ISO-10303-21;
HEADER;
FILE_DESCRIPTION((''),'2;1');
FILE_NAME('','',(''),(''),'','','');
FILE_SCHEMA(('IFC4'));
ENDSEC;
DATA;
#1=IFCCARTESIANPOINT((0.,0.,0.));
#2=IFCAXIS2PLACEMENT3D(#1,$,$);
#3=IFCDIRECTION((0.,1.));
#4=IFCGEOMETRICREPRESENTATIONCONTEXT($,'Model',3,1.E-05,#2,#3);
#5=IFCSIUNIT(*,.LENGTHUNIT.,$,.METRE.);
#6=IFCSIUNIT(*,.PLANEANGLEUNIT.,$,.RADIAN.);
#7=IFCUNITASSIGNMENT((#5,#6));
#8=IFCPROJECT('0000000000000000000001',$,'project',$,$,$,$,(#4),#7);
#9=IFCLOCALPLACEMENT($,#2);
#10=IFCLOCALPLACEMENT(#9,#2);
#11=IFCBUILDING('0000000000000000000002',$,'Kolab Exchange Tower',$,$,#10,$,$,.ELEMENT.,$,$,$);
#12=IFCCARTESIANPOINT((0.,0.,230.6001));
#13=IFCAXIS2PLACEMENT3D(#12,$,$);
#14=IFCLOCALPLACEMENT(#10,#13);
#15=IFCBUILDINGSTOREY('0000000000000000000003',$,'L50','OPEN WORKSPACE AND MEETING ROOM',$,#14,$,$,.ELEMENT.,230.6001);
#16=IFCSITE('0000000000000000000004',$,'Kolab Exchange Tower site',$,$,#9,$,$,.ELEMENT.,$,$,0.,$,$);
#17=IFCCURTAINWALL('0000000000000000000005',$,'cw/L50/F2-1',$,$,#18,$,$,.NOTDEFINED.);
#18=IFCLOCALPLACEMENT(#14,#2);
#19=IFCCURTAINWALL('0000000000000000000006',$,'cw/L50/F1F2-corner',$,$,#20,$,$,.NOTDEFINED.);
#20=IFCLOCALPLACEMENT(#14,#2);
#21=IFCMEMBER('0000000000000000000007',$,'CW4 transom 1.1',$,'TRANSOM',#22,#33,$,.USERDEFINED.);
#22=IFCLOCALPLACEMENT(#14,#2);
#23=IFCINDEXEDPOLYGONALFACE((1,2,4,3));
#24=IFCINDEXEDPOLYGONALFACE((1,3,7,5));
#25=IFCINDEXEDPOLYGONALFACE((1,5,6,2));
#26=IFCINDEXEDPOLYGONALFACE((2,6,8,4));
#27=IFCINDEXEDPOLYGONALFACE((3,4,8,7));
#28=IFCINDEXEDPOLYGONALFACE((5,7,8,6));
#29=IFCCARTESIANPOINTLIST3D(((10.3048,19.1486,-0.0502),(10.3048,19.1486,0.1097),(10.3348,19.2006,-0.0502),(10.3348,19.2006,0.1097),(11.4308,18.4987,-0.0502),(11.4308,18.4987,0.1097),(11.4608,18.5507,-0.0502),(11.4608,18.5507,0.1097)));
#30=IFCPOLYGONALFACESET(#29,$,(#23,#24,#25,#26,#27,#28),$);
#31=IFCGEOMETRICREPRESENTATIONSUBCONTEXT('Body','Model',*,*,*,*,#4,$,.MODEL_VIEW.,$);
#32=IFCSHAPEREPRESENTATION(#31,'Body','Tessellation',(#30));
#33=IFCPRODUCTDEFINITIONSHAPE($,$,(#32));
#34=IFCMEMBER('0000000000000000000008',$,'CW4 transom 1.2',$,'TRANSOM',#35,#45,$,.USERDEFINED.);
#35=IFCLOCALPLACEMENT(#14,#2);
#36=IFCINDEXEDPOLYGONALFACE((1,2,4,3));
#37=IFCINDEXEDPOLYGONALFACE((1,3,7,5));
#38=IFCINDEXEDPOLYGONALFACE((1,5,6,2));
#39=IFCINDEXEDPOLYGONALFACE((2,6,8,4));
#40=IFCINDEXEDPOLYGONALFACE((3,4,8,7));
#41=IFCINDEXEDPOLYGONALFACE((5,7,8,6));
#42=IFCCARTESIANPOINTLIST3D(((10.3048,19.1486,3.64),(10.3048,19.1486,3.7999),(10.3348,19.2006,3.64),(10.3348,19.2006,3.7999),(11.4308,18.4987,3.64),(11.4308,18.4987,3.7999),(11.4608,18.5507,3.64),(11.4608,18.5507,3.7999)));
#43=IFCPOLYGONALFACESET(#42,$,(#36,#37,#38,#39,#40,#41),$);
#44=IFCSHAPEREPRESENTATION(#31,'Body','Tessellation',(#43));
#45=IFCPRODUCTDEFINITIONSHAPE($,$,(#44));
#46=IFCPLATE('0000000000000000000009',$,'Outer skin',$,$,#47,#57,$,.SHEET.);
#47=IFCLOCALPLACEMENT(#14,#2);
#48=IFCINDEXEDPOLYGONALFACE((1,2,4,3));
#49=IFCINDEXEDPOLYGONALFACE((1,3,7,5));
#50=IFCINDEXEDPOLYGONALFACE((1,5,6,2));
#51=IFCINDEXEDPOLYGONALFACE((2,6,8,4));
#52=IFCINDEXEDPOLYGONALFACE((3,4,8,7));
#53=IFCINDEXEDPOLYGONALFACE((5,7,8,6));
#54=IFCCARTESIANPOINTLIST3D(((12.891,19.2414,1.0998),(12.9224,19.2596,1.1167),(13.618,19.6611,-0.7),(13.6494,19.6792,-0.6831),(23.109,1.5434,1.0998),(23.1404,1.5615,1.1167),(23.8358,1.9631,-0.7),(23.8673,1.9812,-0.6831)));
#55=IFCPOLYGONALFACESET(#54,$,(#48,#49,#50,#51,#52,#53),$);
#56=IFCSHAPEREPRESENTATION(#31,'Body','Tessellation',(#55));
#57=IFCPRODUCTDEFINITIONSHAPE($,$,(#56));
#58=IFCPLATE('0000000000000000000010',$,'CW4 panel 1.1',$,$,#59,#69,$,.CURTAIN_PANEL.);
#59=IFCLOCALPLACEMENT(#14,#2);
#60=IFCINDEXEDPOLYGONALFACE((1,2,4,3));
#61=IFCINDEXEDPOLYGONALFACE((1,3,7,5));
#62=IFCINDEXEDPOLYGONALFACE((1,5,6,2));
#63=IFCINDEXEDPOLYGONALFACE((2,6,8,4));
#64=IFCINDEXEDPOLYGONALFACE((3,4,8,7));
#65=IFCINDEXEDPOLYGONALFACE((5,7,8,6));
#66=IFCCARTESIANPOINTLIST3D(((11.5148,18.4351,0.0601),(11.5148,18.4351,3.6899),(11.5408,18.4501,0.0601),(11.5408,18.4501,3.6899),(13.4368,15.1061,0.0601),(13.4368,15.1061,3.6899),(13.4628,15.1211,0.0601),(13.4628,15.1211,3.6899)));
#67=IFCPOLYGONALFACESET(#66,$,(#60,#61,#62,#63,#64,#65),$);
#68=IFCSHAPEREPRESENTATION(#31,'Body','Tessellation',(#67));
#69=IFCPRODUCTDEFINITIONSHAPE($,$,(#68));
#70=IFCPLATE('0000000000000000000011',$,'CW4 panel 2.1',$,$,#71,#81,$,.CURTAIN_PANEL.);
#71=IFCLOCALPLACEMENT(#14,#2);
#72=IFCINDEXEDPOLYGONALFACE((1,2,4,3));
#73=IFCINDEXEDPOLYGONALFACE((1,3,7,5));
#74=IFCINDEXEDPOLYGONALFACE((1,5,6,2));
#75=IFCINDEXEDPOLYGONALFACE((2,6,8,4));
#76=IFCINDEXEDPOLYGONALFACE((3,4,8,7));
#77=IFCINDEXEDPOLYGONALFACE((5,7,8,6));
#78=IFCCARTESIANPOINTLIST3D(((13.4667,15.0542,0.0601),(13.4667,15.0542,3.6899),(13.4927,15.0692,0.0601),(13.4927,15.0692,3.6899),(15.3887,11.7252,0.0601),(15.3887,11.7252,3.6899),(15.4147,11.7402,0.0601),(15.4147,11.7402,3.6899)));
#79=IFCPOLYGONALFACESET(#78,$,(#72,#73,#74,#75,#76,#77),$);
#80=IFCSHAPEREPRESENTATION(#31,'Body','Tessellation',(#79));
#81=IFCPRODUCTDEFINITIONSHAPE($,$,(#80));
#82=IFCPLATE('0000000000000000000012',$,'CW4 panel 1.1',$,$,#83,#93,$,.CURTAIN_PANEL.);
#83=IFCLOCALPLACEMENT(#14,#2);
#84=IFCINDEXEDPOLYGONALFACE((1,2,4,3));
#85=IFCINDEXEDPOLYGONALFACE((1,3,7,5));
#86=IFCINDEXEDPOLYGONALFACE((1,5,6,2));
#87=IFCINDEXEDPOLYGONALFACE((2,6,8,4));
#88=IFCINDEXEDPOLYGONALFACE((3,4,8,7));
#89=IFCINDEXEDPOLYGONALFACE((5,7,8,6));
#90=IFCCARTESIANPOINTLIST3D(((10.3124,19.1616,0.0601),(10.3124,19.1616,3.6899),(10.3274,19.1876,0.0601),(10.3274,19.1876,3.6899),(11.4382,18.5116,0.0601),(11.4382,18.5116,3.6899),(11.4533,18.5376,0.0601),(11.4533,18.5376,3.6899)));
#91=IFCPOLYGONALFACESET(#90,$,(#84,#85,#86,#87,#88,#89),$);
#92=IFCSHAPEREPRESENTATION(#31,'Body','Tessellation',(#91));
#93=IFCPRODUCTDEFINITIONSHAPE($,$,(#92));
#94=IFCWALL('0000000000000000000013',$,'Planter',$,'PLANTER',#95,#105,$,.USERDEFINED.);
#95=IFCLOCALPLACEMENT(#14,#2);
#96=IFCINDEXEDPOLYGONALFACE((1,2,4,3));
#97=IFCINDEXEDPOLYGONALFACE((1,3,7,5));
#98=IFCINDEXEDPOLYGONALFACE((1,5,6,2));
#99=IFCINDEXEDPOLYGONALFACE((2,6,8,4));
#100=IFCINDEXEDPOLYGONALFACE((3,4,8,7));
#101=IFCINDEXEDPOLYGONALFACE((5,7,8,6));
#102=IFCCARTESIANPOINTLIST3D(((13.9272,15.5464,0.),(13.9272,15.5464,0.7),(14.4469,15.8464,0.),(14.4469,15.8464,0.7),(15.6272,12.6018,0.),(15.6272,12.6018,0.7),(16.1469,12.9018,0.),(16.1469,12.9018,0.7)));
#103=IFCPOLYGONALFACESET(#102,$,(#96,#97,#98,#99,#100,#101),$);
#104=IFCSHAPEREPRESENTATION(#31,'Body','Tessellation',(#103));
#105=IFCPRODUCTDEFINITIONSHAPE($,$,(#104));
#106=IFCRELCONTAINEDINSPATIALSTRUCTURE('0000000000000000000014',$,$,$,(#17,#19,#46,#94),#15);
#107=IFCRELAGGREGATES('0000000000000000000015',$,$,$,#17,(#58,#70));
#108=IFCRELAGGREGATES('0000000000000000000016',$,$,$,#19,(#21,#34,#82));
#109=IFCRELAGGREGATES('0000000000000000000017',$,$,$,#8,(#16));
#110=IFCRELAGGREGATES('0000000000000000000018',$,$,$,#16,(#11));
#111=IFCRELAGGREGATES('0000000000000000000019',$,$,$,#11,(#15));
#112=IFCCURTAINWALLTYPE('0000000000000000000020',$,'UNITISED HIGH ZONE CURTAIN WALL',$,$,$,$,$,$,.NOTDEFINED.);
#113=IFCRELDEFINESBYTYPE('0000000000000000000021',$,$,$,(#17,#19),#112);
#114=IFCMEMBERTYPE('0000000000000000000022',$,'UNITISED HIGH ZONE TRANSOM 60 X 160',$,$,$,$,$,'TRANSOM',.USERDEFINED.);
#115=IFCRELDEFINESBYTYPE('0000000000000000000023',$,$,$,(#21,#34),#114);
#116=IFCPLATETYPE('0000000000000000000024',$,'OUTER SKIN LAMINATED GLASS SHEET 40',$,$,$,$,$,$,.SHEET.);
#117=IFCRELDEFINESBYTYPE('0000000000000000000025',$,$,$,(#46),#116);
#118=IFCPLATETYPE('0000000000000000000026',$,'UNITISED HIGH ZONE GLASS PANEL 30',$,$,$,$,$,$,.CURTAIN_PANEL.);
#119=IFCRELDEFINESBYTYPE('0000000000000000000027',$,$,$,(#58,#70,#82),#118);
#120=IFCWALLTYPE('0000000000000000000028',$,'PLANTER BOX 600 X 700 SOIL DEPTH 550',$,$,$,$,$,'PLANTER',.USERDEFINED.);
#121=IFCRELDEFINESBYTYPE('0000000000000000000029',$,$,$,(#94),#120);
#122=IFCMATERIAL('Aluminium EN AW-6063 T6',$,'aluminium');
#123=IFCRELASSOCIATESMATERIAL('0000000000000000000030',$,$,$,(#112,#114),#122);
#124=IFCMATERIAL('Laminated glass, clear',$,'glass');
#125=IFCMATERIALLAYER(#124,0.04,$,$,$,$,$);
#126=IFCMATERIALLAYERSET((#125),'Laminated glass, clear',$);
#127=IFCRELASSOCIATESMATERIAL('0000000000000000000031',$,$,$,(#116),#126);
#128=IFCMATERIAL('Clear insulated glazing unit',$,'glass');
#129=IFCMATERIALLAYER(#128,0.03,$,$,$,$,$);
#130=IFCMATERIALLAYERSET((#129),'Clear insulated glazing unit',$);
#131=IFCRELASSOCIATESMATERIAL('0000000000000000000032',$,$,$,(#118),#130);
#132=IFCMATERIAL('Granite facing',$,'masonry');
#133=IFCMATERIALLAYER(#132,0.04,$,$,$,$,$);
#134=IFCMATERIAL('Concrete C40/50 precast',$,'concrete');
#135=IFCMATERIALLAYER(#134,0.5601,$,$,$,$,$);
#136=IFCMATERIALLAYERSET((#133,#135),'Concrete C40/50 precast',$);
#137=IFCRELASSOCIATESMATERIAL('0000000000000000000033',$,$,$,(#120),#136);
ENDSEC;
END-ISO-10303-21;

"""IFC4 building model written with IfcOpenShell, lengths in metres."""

from ifc_helpers import new_model, si_unit, direction, frame, frame_2d, origin, origin_2d, place, context, subcontext, project, spatial, polyline, rectangle, outline, extrude, material, layer, layer_set, material_profile, profile_set, type_object, element, aggregate, save


model = new_model("IFC4")

# Units and contexts
model_context = context("Model", 3, precision=1e-05, world=origin(), true_north=direction((0.0, 1.0)))
body_context = subcontext(model_context, "Body", "Model", "MODEL_VIEW")
ifc_project = project(units=[si_unit("LENGTHUNIT", "METRE"), si_unit("PLANEANGLEUNIT", "RADIAN")], contexts=[model_context])

# Site, building, storey
site_placement = place(None, origin())
site = spatial("IfcSite", under=ifc_project, at=site_placement, Name="Kolab Exchange Tower site", CompositionType="ELEMENT", RefElevation=0.0)
building_placement = place(site_placement, origin())
building = spatial("IfcBuilding", under=site, at=building_placement, Name="Kolab Exchange Tower", CompositionType="ELEMENT")
storey_placement = place(building_placement, frame((0.0, 0.0, 230.6001)))
storey = spatial("IfcBuildingStorey", under=building, at=storey_placement, Name="L50", Description="OPEN WORKSPACE AND MEETING ROOM", CompositionType="ELEMENT", Elevation=230.6001)

# Curtain walls
ifc_material_1 = material(Name="Aluminium EN AW-6063 T6", Category="aluminium")
curtain_wall_type = type_object("IfcCurtainWallType", Name="UNITISED HIGH ZONE CURTAIN WALL", PredefinedType="NOTDEFINED", material=ifc_material_1)
curtain_wall_1_placement = place(storey_placement, origin())
curtain_wall_1 = element("IfcCurtainWall", 1, at=curtain_wall_1_placement, inside=storey, type_object=curtain_wall_type, Name="cw/L50/F2-1", PredefinedType="NOTDEFINED")
curtain_wall_2_placement = place(storey_placement, origin())
curtain_wall_2 = element("IfcCurtainWall", 2, at=curtain_wall_2_placement, inside=storey, type_object=curtain_wall_type, Name="cw/L50/F1F2-corner", PredefinedType="NOTDEFINED")

# Members
ifc_material_profile_1 = material_profile(ifc_material_1, rectangle(XDim=0.0601, YDim=0.1599, at=origin_2d()), Name="RECT 60X160")
ifc_profile_set_1 = profile_set([ifc_material_profile_1], Name="Aluminium EN AW-6063 T6")
member_type_1 = type_object("IfcMemberType", Name="UNITISED HIGH ZONE TRANSOM 60 X 160", ElementType="TRANSOM", PredefinedType="USERDEFINED", material=ifc_profile_set_1)
member_1_placement = place(storey_placement, frame((10.3198, 19.1746, 0.0298), z_axis=(0.866086, -0.499896, 0.0), x_axis=(0.499896, 0.866086, 0.0)))
member_1 = element("IfcMember", 3, at=member_1_placement, type_object=member_type_1, Name="CW4 transom 1.1", ObjectType="TRANSOM", PredefinedType="USERDEFINED", context=body_context, shape_type="SweptSolid", body=[
    extrude(rectangle(XDim=0.0601, YDim=0.1599, at=origin_2d()), origin(), (0.0, 0.0, 1.0), 1.3),
])
member_2_placement = place(storey_placement, frame((10.3198, 19.1746, 3.72), z_axis=(0.866086, -0.499896, 0.0), x_axis=(0.499896, 0.866086, 0.0)))
member_2 = element("IfcMember", 4, at=member_2_placement, type_object=member_type_1, Name="CW4 transom 1.2", ObjectType="TRANSOM", PredefinedType="USERDEFINED", context=body_context, shape_type="SweptSolid", body=[
    extrude(rectangle(XDim=0.0601, YDim=0.1599, at=origin_2d()), origin(), (0.0, 0.0, 1.0), 1.3),
])

# Plates
ifc_material_2 = material(Name="Laminated glass, clear", Category="glass")
ifc_layer_1 = layer(ifc_material_2, 0.04)
ifc_layer_set_1 = layer_set([ifc_layer_1], Name="Laminated glass, clear")
plate_type_1 = type_object("IfcPlateType", Name="OUTER SKIN LAMINATED GLASS SHEET 40", PredefinedType="SHEET", material=ifc_layer_set_1)
plate_1_placement = place(storey_placement, frame((13.6494, 19.6792, -0.6831), z_axis=(0.784867, 0.453141, 0.422666), x_axis=(0.499997, -0.866027, 0.000002)))
element("IfcPlate", 5, at=plate_1_placement, inside=storey, type_object=plate_type_1, Name="Outer skin", PredefinedType="SHEET", context=body_context, shape_type="SweptSolid", body=[
    extrude(outline(polyline([(0.0, 0.0), (20.4358, 0.0), (20.4359, -1.9859), (-0.0001, -1.986), (0.0, 0.0)])), origin(), (0.0, 0.0, -1.0), 0.04),
])
ifc_material_3 = material(Name="Clear insulated glazing unit", Category="glass")
ifc_layer_2 = layer(ifc_material_3, 0.03)
ifc_layer_set_2 = layer_set([ifc_layer_2], Name="Clear insulated glazing unit")
plate_type_2 = type_object("IfcPlateType", Name="UNITISED HIGH ZONE GLASS PANEL 30", PredefinedType="CURTAIN_PANEL", material=ifc_layer_set_2)
plate_2_placement = place(storey_placement, frame((12.4888, 16.7781, 0.0601), z_axis=(0.0, 0.0, 1.0), x_axis=(0.5, -0.866025, 0.0)))
plate_2 = element("IfcPlate", 6, at=plate_2_placement, type_object=plate_type_2, Name="CW4 panel 1.1", PredefinedType="CURTAIN_PANEL", context=body_context, shape_type="SweptSolid", body=[
    extrude(rectangle(XDim=3.844, YDim=0.03, at=origin_2d()), origin(), (0.0, 0.0, 1.0), 3.6299),
])
plate_3_placement = place(storey_placement, frame((14.4407, 13.3972, 0.0601), z_axis=(0.0, 0.0, 1.0), x_axis=(0.5, -0.866025, 0.0)))
plate_3 = element("IfcPlate", 7, at=plate_3_placement, type_object=plate_type_2, Name="CW4 panel 2.1", PredefinedType="CURTAIN_PANEL", context=body_context, shape_type="SweptSolid", body=[
    extrude(rectangle(XDim=3.844, YDim=0.03, at=origin_2d()), origin(), (0.0, 0.0, 1.0), 3.6299),
])
aggregate(curtain_wall_1, [plate_2, plate_3])
plate_4_placement = place(storey_placement, frame((10.8828, 18.8496, 0.0601), z_axis=(0.0, 0.0, 1.0), x_axis=(0.866025, -0.5, 0.0)))
plate_4 = element("IfcPlate", 8, at=plate_4_placement, type_object=plate_type_2, Name="CW4 panel 1.1", PredefinedType="CURTAIN_PANEL", context=body_context, shape_type="SweptSolid", body=[
    extrude(rectangle(XDim=1.3, YDim=0.03, at=origin_2d()), origin(), (0.0, 0.0, 1.0), 3.6299),
])
aggregate(curtain_wall_2, [member_1, member_2, plate_4])

# Wall
ifc_material_4 = material(Name="Granite facing", Category="masonry")
ifc_layer_3 = layer(ifc_material_4, 0.04)
ifc_material_5 = material(Name="Concrete C40/50 precast", Category="concrete")
ifc_layer_4 = layer(ifc_material_5, 0.5601)
ifc_layer_set_3 = layer_set([ifc_layer_3, ifc_layer_4], Name="Concrete C40/50 precast")
wall_type = type_object("IfcWallType", Name="PLANTER BOX 600 X 700 SOIL DEPTH 550", ElementType="PLANTER", PredefinedType="USERDEFINED", material=ifc_layer_set_3)
wall_placement = place(storey_placement, frame((14.187, 15.6965, 0.0), z_axis=(0.0, 0.0, 1.0), x_axis=(0.499977, -0.866039, 0.0)))
element("IfcWall", 9, at=wall_placement, inside=storey, type_object=wall_type, Name="Planter", ObjectType="PLANTER", PredefinedType="USERDEFINED", context=body_context, shape_type="SweptSolid", body=[
    extrude(rectangle(XDim=3.4001, YDim=0.6001, at=frame_2d((1.7002, 0.0))), origin(), (0.0, 0.0, 1.0), 0.7),
])

save(model, "model.ifc")
